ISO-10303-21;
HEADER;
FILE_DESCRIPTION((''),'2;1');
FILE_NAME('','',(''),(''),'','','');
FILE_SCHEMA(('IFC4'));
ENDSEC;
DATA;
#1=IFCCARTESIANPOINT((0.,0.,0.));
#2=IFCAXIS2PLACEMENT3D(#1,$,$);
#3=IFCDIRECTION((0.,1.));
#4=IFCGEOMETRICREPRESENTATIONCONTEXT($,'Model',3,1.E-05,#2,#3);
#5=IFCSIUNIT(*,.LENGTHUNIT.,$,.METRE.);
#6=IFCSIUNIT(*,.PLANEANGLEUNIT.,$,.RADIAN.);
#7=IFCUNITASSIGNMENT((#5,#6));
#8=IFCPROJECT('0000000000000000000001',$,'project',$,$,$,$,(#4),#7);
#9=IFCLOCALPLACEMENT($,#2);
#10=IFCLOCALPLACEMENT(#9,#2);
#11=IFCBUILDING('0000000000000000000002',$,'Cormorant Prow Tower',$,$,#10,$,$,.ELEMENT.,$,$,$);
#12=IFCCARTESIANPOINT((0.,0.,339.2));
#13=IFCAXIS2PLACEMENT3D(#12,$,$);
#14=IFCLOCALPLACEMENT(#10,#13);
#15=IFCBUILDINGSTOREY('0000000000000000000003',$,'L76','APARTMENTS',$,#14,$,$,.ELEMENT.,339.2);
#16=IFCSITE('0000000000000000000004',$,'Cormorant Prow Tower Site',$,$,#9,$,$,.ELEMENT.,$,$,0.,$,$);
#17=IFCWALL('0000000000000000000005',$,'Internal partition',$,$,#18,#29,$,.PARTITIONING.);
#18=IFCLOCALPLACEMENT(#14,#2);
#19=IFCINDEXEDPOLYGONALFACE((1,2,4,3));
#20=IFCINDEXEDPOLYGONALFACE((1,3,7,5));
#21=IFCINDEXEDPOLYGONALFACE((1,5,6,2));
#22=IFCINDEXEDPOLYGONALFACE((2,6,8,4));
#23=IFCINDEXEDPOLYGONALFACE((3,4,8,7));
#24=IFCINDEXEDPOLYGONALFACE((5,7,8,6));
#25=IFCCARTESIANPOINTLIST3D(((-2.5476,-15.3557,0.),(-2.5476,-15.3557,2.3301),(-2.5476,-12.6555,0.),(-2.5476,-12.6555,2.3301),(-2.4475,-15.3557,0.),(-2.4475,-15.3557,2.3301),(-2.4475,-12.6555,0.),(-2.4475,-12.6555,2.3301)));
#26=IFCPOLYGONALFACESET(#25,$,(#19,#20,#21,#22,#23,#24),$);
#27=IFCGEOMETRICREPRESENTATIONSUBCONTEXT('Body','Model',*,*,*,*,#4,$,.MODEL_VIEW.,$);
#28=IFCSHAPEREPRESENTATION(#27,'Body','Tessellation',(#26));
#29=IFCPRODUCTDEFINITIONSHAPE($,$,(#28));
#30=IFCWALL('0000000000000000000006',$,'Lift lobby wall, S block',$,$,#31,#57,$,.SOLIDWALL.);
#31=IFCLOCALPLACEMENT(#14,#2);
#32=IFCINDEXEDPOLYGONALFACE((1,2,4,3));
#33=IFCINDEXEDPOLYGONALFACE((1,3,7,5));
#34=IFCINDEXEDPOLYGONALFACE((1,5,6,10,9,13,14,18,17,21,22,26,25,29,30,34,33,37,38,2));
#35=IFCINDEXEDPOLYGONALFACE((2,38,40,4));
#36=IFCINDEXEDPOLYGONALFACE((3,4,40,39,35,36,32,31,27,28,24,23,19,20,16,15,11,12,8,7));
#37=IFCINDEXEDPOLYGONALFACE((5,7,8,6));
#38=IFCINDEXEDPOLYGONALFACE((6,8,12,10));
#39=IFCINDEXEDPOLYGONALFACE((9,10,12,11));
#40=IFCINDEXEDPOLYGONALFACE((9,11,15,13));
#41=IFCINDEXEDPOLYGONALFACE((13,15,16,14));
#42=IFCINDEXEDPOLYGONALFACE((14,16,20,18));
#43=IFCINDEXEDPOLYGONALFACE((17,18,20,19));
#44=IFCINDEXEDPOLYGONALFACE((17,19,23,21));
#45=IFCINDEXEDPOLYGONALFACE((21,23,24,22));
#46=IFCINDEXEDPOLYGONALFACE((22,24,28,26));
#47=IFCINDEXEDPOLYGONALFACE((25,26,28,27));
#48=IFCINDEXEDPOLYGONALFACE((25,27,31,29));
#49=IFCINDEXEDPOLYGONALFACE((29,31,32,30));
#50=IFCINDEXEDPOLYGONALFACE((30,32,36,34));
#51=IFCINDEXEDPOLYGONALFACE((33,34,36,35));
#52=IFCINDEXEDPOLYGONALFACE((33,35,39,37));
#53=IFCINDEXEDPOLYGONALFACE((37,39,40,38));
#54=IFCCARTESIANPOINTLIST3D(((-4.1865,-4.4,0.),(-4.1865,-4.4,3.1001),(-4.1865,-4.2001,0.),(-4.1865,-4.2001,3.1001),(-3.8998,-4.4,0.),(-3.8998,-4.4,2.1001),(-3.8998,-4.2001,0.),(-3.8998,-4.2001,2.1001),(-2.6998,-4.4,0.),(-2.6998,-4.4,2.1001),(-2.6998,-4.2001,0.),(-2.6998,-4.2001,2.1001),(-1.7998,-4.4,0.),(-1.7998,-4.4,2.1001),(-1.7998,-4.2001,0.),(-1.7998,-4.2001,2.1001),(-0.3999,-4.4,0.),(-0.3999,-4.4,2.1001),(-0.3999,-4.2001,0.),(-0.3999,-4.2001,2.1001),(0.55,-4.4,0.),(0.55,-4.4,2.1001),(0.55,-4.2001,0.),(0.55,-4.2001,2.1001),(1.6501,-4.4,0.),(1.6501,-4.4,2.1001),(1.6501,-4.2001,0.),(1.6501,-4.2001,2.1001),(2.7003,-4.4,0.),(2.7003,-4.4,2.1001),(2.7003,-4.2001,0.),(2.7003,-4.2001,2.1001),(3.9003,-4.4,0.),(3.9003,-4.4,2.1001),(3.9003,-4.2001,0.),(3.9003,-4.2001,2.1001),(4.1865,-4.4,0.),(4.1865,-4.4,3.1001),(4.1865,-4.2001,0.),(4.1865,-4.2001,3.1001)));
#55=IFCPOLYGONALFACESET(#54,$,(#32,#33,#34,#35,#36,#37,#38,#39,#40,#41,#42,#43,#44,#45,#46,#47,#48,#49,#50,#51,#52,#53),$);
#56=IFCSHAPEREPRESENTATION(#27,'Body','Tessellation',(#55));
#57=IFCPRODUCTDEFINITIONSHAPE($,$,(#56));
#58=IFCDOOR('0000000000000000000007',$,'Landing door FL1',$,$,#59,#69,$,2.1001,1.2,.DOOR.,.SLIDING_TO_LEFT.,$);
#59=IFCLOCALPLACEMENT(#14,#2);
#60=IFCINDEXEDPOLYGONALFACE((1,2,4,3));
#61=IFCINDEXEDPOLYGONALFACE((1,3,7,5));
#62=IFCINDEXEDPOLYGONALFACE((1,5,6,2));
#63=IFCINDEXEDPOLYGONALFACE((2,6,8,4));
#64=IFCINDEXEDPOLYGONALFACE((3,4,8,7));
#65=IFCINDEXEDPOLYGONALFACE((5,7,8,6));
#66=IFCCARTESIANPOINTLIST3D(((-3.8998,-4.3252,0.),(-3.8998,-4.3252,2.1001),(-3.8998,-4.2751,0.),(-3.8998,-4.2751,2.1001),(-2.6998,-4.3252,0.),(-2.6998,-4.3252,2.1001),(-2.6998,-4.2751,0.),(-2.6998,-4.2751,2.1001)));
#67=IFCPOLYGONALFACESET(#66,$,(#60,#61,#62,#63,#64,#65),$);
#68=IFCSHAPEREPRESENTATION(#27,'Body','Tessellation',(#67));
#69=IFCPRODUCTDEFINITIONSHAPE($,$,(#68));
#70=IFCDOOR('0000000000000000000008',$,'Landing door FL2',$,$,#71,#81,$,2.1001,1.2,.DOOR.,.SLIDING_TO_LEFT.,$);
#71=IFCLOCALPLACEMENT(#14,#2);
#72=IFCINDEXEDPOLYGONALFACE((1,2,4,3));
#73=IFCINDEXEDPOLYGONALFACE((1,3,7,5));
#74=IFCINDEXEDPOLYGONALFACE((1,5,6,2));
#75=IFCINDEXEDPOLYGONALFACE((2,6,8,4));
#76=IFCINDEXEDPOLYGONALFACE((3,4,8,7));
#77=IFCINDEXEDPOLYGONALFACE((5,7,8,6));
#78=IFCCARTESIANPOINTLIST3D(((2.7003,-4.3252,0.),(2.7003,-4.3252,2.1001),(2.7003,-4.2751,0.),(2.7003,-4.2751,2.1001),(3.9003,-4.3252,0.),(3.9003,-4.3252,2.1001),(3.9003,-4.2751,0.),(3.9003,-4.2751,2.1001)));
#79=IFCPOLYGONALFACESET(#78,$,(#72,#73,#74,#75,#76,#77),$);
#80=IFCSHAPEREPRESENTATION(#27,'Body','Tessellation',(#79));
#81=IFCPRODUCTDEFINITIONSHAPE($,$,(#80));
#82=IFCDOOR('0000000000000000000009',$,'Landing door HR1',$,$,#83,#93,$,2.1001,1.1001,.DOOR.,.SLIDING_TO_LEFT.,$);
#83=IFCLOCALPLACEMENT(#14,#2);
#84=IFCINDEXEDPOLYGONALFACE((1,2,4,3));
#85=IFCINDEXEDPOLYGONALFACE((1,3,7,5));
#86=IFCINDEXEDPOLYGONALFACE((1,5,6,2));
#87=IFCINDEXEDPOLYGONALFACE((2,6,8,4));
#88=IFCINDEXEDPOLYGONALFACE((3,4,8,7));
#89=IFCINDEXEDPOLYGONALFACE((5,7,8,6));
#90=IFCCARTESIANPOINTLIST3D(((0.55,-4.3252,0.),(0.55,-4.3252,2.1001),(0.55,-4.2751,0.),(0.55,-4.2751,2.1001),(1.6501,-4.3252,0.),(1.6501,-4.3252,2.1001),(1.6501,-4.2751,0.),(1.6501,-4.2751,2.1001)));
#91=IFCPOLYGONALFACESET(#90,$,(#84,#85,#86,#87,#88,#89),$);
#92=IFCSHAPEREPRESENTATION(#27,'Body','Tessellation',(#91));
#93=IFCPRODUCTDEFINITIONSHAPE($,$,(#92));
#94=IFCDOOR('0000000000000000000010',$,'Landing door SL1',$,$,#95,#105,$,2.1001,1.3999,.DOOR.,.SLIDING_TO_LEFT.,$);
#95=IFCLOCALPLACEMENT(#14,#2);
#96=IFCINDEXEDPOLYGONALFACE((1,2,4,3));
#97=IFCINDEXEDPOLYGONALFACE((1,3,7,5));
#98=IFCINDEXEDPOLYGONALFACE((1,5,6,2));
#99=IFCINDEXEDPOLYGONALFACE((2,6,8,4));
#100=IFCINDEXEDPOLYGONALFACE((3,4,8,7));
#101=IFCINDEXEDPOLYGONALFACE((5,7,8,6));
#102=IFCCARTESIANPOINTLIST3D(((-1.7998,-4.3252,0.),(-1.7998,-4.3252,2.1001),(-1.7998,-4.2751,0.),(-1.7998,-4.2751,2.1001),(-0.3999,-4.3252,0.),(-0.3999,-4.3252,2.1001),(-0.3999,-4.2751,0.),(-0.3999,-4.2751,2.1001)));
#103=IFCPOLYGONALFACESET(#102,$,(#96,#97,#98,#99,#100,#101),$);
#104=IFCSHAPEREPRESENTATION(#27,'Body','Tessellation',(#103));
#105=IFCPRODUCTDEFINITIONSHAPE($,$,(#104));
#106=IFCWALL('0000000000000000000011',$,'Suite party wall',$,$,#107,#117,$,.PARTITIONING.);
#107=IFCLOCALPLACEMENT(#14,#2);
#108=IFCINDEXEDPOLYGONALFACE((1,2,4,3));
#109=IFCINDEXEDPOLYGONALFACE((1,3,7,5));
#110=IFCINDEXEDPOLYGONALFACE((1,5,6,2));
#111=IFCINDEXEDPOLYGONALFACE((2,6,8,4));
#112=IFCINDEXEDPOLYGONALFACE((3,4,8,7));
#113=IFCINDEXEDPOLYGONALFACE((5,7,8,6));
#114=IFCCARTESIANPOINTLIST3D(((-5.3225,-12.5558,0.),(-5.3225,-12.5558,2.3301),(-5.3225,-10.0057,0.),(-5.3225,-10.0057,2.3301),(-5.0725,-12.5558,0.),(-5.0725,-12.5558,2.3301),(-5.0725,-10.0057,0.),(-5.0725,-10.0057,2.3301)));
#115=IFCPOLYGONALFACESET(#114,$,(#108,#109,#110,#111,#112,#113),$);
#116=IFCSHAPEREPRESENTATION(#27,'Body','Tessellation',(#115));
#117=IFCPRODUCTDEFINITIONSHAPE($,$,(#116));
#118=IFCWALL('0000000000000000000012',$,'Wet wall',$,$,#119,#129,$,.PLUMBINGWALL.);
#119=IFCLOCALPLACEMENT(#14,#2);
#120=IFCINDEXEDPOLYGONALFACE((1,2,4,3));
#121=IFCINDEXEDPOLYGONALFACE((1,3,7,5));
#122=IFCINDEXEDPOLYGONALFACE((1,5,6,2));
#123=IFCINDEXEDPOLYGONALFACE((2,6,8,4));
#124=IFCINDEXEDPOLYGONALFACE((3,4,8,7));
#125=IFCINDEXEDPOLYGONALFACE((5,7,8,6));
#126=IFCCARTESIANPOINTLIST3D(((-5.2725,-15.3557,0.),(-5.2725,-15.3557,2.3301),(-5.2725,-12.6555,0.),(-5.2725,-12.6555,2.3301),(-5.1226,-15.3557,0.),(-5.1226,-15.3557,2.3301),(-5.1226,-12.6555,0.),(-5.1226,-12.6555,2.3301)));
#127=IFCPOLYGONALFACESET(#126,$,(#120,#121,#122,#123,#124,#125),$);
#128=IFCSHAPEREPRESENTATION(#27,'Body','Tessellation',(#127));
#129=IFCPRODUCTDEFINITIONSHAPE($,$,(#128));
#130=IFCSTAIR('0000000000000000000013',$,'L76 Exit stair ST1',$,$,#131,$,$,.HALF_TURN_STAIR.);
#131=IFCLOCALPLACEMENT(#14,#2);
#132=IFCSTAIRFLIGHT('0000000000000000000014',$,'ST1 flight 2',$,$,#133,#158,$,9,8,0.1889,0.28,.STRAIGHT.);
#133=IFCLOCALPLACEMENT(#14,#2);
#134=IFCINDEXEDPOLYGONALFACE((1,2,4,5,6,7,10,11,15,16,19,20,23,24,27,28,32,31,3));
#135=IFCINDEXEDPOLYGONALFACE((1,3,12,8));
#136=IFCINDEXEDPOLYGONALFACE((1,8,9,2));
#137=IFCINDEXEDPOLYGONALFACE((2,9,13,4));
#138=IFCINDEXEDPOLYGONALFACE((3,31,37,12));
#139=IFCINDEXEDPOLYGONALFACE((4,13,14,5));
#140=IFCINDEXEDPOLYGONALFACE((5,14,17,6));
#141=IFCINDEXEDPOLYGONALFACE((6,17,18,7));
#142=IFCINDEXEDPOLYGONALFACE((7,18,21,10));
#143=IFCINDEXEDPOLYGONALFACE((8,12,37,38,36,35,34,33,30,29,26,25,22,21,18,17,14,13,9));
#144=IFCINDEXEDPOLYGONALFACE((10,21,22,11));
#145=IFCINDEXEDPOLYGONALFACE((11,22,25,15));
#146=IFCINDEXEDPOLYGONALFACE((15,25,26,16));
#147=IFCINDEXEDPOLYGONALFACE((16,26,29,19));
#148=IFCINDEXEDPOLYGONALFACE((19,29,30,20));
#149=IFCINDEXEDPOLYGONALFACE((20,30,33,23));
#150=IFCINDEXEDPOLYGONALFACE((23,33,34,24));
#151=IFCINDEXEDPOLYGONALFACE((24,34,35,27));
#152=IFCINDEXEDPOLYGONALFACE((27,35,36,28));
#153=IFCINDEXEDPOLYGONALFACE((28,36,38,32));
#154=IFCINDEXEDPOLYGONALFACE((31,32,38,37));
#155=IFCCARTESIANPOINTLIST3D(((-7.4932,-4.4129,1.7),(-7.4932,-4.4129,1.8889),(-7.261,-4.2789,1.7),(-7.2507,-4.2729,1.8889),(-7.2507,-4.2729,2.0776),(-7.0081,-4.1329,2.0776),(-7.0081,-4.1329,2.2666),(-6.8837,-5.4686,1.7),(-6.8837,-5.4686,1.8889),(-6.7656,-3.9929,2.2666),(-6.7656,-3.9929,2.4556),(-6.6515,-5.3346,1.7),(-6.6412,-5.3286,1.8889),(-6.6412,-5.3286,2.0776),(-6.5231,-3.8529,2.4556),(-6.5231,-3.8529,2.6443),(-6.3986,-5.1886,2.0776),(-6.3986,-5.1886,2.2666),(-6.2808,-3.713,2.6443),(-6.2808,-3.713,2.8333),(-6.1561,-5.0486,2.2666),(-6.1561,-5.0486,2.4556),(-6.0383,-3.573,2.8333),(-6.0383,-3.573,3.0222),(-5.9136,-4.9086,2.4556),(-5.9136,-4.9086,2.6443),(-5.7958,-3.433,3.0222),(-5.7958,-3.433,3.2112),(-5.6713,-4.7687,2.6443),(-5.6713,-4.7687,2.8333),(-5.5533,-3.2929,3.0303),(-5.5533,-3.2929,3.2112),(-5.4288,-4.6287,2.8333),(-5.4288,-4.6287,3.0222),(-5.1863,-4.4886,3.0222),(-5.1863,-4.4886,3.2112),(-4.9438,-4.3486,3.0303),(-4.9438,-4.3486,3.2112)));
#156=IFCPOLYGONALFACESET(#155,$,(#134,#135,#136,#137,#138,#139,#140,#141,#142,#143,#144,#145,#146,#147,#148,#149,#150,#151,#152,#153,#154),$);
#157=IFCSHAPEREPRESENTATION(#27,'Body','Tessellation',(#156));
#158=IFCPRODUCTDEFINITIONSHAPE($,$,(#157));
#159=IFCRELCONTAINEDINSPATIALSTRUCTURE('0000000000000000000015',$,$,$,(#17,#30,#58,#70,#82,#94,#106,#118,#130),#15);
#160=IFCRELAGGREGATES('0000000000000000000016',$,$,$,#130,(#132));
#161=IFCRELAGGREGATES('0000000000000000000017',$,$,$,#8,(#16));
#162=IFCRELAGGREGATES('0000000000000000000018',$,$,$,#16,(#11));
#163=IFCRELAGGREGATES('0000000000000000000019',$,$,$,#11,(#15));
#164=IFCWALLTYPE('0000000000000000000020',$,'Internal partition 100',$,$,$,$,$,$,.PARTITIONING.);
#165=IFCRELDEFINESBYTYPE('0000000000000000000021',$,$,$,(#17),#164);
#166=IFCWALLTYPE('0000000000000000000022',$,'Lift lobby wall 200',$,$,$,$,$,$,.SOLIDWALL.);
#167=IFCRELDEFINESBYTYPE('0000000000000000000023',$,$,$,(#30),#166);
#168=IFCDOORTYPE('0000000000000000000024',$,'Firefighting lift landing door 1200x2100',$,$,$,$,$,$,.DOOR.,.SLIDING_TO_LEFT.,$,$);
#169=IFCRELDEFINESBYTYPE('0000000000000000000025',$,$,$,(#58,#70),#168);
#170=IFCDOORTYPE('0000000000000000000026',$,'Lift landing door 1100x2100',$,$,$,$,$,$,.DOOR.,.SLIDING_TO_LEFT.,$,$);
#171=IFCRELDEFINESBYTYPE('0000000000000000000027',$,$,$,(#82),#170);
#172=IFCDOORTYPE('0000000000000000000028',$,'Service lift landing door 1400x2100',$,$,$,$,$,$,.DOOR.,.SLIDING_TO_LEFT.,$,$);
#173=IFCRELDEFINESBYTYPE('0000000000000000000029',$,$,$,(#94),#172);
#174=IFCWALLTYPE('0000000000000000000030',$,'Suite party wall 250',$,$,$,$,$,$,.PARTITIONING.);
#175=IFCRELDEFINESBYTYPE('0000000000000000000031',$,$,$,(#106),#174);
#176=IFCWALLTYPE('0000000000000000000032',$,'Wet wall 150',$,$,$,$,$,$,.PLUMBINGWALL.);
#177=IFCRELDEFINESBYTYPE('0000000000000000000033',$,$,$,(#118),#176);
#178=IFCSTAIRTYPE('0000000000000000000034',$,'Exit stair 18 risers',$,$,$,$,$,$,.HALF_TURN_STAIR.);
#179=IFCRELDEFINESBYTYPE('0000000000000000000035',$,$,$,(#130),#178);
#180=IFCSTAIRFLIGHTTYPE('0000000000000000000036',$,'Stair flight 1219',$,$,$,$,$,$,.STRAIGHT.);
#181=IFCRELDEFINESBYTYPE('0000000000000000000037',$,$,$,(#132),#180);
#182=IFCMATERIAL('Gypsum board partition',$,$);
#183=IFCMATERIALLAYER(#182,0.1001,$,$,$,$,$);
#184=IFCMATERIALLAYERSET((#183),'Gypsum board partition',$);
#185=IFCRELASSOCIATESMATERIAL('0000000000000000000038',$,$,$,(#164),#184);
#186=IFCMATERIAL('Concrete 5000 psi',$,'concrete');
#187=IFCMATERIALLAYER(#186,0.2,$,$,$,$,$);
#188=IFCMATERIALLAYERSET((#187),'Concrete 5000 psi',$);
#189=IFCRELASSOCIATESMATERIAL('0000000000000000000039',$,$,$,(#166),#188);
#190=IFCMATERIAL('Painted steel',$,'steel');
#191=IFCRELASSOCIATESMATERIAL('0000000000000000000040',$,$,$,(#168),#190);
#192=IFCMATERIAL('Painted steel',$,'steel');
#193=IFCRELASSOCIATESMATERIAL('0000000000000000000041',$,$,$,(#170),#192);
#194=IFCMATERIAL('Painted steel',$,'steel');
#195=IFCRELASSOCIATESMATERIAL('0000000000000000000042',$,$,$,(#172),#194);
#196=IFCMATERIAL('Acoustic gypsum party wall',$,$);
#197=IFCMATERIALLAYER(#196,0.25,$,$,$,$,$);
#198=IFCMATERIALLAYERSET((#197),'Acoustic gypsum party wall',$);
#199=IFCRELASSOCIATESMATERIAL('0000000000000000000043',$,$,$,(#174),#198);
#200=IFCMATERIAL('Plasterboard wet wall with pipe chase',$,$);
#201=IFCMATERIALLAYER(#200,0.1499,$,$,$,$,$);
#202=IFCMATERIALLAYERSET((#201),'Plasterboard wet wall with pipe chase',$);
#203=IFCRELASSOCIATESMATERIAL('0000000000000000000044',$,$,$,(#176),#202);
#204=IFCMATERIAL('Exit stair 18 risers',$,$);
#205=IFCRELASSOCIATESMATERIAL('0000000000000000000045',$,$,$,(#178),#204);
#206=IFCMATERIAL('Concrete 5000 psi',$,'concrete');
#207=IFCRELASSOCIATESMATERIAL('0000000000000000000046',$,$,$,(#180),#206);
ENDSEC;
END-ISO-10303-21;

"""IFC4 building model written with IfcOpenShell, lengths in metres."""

from ifc_helpers import new_model, si_unit, direction, frame, frame_2d, origin, place, context, subcontext, project, spatial, polyline, rectangle, outline, extrude, material, layer, layer_set, type_object, element, fill, aggregate, save


model = new_model("IFC4")

# Units and contexts
model_context = context("Model", 3, precision=1e-05, world=origin(), true_north=direction((0.0, 1.0)))
body_context = subcontext(model_context, "Body", "Model", "MODEL_VIEW")
ifc_project = project(units=[si_unit("LENGTHUNIT", "METRE"), si_unit("PLANEANGLEUNIT", "RADIAN")], contexts=[model_context])

# Site, building, storey
site_placement = place(None, origin())
site = spatial("IfcSite", under=ifc_project, at=site_placement, Name="Cormorant Prow Tower Site", CompositionType="ELEMENT", RefElevation=0.0)
building_placement = place(site_placement, origin())
building = spatial("IfcBuilding", under=site, at=building_placement, Name="Cormorant Prow Tower", CompositionType="ELEMENT")
storey_placement = place(building_placement, frame((0.0, 0.0, 339.2)))
storey = spatial("IfcBuildingStorey", under=building, at=storey_placement, Name="L76", Description="APARTMENTS", CompositionType="ELEMENT", Elevation=339.2)

# Wall
ifc_material_1 = material(Name="Gypsum board partition")
ifc_layer_1 = layer(ifc_material_1, 0.1001)
ifc_layer_set_1 = layer_set([ifc_layer_1], Name="Gypsum board partition")
wall_type_1 = type_object("IfcWallType", Name="Internal partition 100", PredefinedType="PARTITIONING", material=ifc_layer_set_1)
wall_1_placement = place(storey_placement, frame((-2.4976, -15.3557, 0.0), z_axis=(0.0, 0.0, 1.0), x_axis=(0.0, 1.0, 0.0)))
element("IfcWall", 1, at=wall_1_placement, inside=storey, type_object=wall_type_1, Name="Internal partition", PredefinedType="PARTITIONING", context=body_context, shape_type="SweptSolid", body=[
    extrude(rectangle(XDim=2.7002, YDim=0.1001, at=frame_2d((1.3501, 0.0))), origin(), (0.0, 0.0, 1.0), 2.3301),
])

# Wall, openings, doors
ifc_material_2 = material(Name="Concrete 5000 psi", Category="concrete")
ifc_layer_2 = layer(ifc_material_2, 0.2)
ifc_layer_set_2 = layer_set([ifc_layer_2], Name="Concrete 5000 psi")
wall_type_2 = type_object("IfcWallType", Name="Lift lobby wall 200", PredefinedType="SOLIDWALL", material=ifc_layer_set_2)
wall_2_placement = place(storey_placement, frame((-4.1865, -4.3, 0.0), z_axis=(0.0, 0.0, 1.0), x_axis=(1.0, 0.0, 0.0)))
wall_2 = element("IfcWall", 2, at=wall_2_placement, inside=storey, type_object=wall_type_2, Name="Lift lobby wall, S block", PredefinedType="SOLIDWALL", context=body_context, shape_type="SweptSolid", body=[
    extrude(rectangle(XDim=8.373, YDim=0.2, at=frame_2d((4.1865, 0.0))), origin(), (0.0, 0.0, 1.0), 3.1001),
])
opening_1_placement = place(wall_2_placement, frame((0.2866, 0.0, 0.0)))
opening_1 = element("IfcOpeningElement", 3, at=opening_1_placement, cuts=wall_2, PredefinedType="OPENING", context=body_context, shape_type="SweptSolid", body=[
    extrude(rectangle(XDim=1.2, YDim=2.1001, at=frame_2d((0.6001, 1.05))), frame((0.0, 0.1099, 0.0), z_axis=(0.0, -1.0, 0.0), x_axis=(1.0, 0.0, 0.0)), (0.0, 0.0, 1.0), 0.22),
])
opening_2_placement = place(wall_2_placement, frame((2.3867, 0.0, 0.0)))
opening_2 = element("IfcOpeningElement", 4, at=opening_2_placement, cuts=wall_2, PredefinedType="OPENING", context=body_context, shape_type="SweptSolid", body=[
    extrude(rectangle(XDim=1.3999, YDim=2.1001, at=frame_2d((0.7, 1.05))), frame((0.0, 0.1099, 0.0), z_axis=(0.0, -1.0, 0.0), x_axis=(1.0, 0.0, 0.0)), (0.0, 0.0, 1.0), 0.22),
])
opening_3_placement = place(wall_2_placement, frame((4.7366, 0.0, 0.0)))
opening_3 = element("IfcOpeningElement", 5, at=opening_3_placement, cuts=wall_2, PredefinedType="OPENING", context=body_context, shape_type="SweptSolid", body=[
    extrude(rectangle(XDim=1.1001, YDim=2.1001, at=frame_2d((0.55, 1.05))), frame((0.0, 0.1099, 0.0), z_axis=(0.0, -1.0, 0.0), x_axis=(1.0, 0.0, 0.0)), (0.0, 0.0, 1.0), 0.22),
])
opening_4_placement = place(wall_2_placement, frame((6.8867, 0.0, 0.0)))
opening_4 = element("IfcOpeningElement", 6, at=opening_4_placement, cuts=wall_2, PredefinedType="OPENING", context=body_context, shape_type="SweptSolid", body=[
    extrude(rectangle(XDim=1.2, YDim=2.1001, at=frame_2d((0.6001, 1.05))), frame((0.0, 0.1099, 0.0), z_axis=(0.0, -1.0, 0.0), x_axis=(1.0, 0.0, 0.0)), (0.0, 0.0, 1.0), 0.22),
])
ifc_material_3 = material(Name="Painted steel", Category="steel")
door_type_1 = type_object("IfcDoorType", Name="Firefighting lift landing door 1200x2100", OperationType="SLIDING_TO_LEFT", PredefinedType="DOOR", material=ifc_material_3)
door_1_placement = place(opening_1_placement, origin())
door_1 = element("IfcDoor", 7, at=door_1_placement, inside=storey, type_object=door_type_1, Name="Landing door FL1", OperationType="SLIDING_TO_LEFT", OverallHeight=2.1001, OverallWidth=1.2, PredefinedType="DOOR", context=body_context, shape_type="SweptSolid", body=[
    extrude(rectangle(XDim=1.2, YDim=2.1001, at=frame_2d((0.6001, 1.05))), frame((0.0, 0.0249, 0.0), z_axis=(0.0, -1.0, 0.0), x_axis=(1.0, 0.0, 0.0)), (0.0, 0.0, 1.0), 0.05),
])
fill(opening_1, door_1)
door_2_placement = place(opening_4_placement, origin())
door_2 = element("IfcDoor", 8, at=door_2_placement, inside=storey, type_object=door_type_1, Name="Landing door FL2", OperationType="SLIDING_TO_LEFT", OverallHeight=2.1001, OverallWidth=1.2, PredefinedType="DOOR", context=body_context, shape_type="SweptSolid", body=[
    extrude(rectangle(XDim=1.2, YDim=2.1001, at=frame_2d((0.6001, 1.05))), frame((0.0, 0.0249, 0.0), z_axis=(0.0, -1.0, 0.0), x_axis=(1.0, 0.0, 0.0)), (0.0, 0.0, 1.0), 0.05),
])
fill(opening_4, door_2)
ifc_material_4 = material(Name="Painted steel", Category="steel")
door_type_2 = type_object("IfcDoorType", Name="Lift landing door 1100x2100", OperationType="SLIDING_TO_LEFT", PredefinedType="DOOR", material=ifc_material_4)
door_3_placement = place(opening_3_placement, origin())
door_3 = element("IfcDoor", 9, at=door_3_placement, inside=storey, type_object=door_type_2, Name="Landing door HR1", OperationType="SLIDING_TO_LEFT", OverallHeight=2.1001, OverallWidth=1.1001, PredefinedType="DOOR", context=body_context, shape_type="SweptSolid", body=[
    extrude(rectangle(XDim=1.1001, YDim=2.1001, at=frame_2d((0.55, 1.05))), frame((0.0, 0.0249, 0.0), z_axis=(0.0, -1.0, 0.0), x_axis=(1.0, 0.0, 0.0)), (0.0, 0.0, 1.0), 0.05),
])
fill(opening_3, door_3)
ifc_material_5 = material(Name="Painted steel", Category="steel")
door_type_3 = type_object("IfcDoorType", Name="Service lift landing door 1400x2100", OperationType="SLIDING_TO_LEFT", PredefinedType="DOOR", material=ifc_material_5)
door_4_placement = place(opening_2_placement, origin())
door_4 = element("IfcDoor", 10, at=door_4_placement, inside=storey, type_object=door_type_3, Name="Landing door SL1", OperationType="SLIDING_TO_LEFT", OverallHeight=2.1001, OverallWidth=1.3999, PredefinedType="DOOR", context=body_context, shape_type="SweptSolid", body=[
    extrude(rectangle(XDim=1.3999, YDim=2.1001, at=frame_2d((0.7, 1.05))), frame((0.0, 0.0249, 0.0), z_axis=(0.0, -1.0, 0.0), x_axis=(1.0, 0.0, 0.0)), (0.0, 0.0, 1.0), 0.05),
])
fill(opening_2, door_4)

# Walls
ifc_material_6 = material(Name="Acoustic gypsum party wall")
ifc_layer_3 = layer(ifc_material_6, 0.25)
ifc_layer_set_3 = layer_set([ifc_layer_3], Name="Acoustic gypsum party wall")
wall_type_3 = type_object("IfcWallType", Name="Suite party wall 250", PredefinedType="PARTITIONING", material=ifc_layer_set_3)
wall_3_placement = place(storey_placement, frame((-5.1975, -12.5557, 0.0), z_axis=(0.0, 0.0, 1.0), x_axis=(0.0, 1.0, 0.0)))
element("IfcWall", 11, at=wall_3_placement, inside=storey, type_object=wall_type_3, Name="Suite party wall", PredefinedType="PARTITIONING", context=body_context, shape_type="SweptSolid", body=[
    extrude(rectangle(XDim=2.55, YDim=0.25, at=frame_2d((1.2749, 0.0))), origin(), (0.0, 0.0, 1.0), 2.3301),
])
ifc_material_7 = material(Name="Plasterboard wet wall with pipe chase")
ifc_layer_4 = layer(ifc_material_7, 0.1499)
ifc_layer_set_4 = layer_set([ifc_layer_4], Name="Plasterboard wet wall with pipe chase")
wall_type_4 = type_object("IfcWallType", Name="Wet wall 150", PredefinedType="PLUMBINGWALL", material=ifc_layer_set_4)
wall_4_placement = place(storey_placement, frame((-5.1975, -15.3557, 0.0), z_axis=(0.0, 0.0, 1.0), x_axis=(0.0, 1.0, 0.0)))
element("IfcWall", 12, at=wall_4_placement, inside=storey, type_object=wall_type_4, Name="Wet wall", PredefinedType="PLUMBINGWALL", context=body_context, shape_type="SweptSolid", body=[
    extrude(rectangle(XDim=2.7002, YDim=0.1499, at=frame_2d((1.3501, 0.0))), origin(), (0.0, 0.0, 1.0), 2.3301),
])

# Stair, stair flight
ifc_material_8 = material(Name="Exit stair 18 risers")
stair_type = type_object("IfcStairType", Name="Exit stair 18 risers", PredefinedType="HALF_TURN_STAIR", material=ifc_material_8)
stair_placement = place(storey_placement, origin())
stair = element("IfcStair", 13, at=stair_placement, inside=storey, type_object=stair_type, Name="L76 Exit stair ST1", PredefinedType="HALF_TURN_STAIR")
ifc_material_9 = material(Name="Concrete 5000 psi", Category="concrete")
stair_flight_type = type_object("IfcStairFlightType", Name="Stair flight 1219", PredefinedType="STRAIGHT", material=ifc_material_9)
stair_flight_placement = place(storey_placement, frame((-7.1885, -4.9407, 1.7), z_axis=(0.0, 0.0, 1.0), x_axis=(0.866025, 0.5, 0.0)))
stair_flight = element("IfcStairFlight", 14, at=stair_flight_placement, type_object=stair_flight_type, Name="ST1 flight 2", NumberOfRisers=9, NumberOfTreads=8, PredefinedType="STRAIGHT", RiserHeight=0.1889, TreadLength=0.28, context=body_context, shape_type="SweptSolid", body=[
    extrude(outline(polyline([(0.0, 0.0), (0.0, 0.189), (0.28, 0.189), (0.28, 0.3777), (0.5601, 0.3777), (0.5601, 0.5667), (0.8401, 0.5667), (0.8401, 0.7556), (1.1201, 0.7556), (1.1201, 0.9443), (1.3999, 0.9443), (1.3999, 1.1333), (1.6799, 1.1333), (1.6799, 1.3223), (1.96, 1.3223), (1.96, 1.5112), (2.24, 1.5112), (2.24, 1.7), (2.24, 1.3303), (0.2681, 0.0), (0.0, 0.0)])), frame((0.0, 0.6094, 0.0), z_axis=(0.0, -1.0, 0.0), x_axis=(1.0, 0.0, 0.0)), (0.0, 0.0, 1.0), 1.219),
])
aggregate(stair, [stair_flight])

save(model, "model.ifc")
